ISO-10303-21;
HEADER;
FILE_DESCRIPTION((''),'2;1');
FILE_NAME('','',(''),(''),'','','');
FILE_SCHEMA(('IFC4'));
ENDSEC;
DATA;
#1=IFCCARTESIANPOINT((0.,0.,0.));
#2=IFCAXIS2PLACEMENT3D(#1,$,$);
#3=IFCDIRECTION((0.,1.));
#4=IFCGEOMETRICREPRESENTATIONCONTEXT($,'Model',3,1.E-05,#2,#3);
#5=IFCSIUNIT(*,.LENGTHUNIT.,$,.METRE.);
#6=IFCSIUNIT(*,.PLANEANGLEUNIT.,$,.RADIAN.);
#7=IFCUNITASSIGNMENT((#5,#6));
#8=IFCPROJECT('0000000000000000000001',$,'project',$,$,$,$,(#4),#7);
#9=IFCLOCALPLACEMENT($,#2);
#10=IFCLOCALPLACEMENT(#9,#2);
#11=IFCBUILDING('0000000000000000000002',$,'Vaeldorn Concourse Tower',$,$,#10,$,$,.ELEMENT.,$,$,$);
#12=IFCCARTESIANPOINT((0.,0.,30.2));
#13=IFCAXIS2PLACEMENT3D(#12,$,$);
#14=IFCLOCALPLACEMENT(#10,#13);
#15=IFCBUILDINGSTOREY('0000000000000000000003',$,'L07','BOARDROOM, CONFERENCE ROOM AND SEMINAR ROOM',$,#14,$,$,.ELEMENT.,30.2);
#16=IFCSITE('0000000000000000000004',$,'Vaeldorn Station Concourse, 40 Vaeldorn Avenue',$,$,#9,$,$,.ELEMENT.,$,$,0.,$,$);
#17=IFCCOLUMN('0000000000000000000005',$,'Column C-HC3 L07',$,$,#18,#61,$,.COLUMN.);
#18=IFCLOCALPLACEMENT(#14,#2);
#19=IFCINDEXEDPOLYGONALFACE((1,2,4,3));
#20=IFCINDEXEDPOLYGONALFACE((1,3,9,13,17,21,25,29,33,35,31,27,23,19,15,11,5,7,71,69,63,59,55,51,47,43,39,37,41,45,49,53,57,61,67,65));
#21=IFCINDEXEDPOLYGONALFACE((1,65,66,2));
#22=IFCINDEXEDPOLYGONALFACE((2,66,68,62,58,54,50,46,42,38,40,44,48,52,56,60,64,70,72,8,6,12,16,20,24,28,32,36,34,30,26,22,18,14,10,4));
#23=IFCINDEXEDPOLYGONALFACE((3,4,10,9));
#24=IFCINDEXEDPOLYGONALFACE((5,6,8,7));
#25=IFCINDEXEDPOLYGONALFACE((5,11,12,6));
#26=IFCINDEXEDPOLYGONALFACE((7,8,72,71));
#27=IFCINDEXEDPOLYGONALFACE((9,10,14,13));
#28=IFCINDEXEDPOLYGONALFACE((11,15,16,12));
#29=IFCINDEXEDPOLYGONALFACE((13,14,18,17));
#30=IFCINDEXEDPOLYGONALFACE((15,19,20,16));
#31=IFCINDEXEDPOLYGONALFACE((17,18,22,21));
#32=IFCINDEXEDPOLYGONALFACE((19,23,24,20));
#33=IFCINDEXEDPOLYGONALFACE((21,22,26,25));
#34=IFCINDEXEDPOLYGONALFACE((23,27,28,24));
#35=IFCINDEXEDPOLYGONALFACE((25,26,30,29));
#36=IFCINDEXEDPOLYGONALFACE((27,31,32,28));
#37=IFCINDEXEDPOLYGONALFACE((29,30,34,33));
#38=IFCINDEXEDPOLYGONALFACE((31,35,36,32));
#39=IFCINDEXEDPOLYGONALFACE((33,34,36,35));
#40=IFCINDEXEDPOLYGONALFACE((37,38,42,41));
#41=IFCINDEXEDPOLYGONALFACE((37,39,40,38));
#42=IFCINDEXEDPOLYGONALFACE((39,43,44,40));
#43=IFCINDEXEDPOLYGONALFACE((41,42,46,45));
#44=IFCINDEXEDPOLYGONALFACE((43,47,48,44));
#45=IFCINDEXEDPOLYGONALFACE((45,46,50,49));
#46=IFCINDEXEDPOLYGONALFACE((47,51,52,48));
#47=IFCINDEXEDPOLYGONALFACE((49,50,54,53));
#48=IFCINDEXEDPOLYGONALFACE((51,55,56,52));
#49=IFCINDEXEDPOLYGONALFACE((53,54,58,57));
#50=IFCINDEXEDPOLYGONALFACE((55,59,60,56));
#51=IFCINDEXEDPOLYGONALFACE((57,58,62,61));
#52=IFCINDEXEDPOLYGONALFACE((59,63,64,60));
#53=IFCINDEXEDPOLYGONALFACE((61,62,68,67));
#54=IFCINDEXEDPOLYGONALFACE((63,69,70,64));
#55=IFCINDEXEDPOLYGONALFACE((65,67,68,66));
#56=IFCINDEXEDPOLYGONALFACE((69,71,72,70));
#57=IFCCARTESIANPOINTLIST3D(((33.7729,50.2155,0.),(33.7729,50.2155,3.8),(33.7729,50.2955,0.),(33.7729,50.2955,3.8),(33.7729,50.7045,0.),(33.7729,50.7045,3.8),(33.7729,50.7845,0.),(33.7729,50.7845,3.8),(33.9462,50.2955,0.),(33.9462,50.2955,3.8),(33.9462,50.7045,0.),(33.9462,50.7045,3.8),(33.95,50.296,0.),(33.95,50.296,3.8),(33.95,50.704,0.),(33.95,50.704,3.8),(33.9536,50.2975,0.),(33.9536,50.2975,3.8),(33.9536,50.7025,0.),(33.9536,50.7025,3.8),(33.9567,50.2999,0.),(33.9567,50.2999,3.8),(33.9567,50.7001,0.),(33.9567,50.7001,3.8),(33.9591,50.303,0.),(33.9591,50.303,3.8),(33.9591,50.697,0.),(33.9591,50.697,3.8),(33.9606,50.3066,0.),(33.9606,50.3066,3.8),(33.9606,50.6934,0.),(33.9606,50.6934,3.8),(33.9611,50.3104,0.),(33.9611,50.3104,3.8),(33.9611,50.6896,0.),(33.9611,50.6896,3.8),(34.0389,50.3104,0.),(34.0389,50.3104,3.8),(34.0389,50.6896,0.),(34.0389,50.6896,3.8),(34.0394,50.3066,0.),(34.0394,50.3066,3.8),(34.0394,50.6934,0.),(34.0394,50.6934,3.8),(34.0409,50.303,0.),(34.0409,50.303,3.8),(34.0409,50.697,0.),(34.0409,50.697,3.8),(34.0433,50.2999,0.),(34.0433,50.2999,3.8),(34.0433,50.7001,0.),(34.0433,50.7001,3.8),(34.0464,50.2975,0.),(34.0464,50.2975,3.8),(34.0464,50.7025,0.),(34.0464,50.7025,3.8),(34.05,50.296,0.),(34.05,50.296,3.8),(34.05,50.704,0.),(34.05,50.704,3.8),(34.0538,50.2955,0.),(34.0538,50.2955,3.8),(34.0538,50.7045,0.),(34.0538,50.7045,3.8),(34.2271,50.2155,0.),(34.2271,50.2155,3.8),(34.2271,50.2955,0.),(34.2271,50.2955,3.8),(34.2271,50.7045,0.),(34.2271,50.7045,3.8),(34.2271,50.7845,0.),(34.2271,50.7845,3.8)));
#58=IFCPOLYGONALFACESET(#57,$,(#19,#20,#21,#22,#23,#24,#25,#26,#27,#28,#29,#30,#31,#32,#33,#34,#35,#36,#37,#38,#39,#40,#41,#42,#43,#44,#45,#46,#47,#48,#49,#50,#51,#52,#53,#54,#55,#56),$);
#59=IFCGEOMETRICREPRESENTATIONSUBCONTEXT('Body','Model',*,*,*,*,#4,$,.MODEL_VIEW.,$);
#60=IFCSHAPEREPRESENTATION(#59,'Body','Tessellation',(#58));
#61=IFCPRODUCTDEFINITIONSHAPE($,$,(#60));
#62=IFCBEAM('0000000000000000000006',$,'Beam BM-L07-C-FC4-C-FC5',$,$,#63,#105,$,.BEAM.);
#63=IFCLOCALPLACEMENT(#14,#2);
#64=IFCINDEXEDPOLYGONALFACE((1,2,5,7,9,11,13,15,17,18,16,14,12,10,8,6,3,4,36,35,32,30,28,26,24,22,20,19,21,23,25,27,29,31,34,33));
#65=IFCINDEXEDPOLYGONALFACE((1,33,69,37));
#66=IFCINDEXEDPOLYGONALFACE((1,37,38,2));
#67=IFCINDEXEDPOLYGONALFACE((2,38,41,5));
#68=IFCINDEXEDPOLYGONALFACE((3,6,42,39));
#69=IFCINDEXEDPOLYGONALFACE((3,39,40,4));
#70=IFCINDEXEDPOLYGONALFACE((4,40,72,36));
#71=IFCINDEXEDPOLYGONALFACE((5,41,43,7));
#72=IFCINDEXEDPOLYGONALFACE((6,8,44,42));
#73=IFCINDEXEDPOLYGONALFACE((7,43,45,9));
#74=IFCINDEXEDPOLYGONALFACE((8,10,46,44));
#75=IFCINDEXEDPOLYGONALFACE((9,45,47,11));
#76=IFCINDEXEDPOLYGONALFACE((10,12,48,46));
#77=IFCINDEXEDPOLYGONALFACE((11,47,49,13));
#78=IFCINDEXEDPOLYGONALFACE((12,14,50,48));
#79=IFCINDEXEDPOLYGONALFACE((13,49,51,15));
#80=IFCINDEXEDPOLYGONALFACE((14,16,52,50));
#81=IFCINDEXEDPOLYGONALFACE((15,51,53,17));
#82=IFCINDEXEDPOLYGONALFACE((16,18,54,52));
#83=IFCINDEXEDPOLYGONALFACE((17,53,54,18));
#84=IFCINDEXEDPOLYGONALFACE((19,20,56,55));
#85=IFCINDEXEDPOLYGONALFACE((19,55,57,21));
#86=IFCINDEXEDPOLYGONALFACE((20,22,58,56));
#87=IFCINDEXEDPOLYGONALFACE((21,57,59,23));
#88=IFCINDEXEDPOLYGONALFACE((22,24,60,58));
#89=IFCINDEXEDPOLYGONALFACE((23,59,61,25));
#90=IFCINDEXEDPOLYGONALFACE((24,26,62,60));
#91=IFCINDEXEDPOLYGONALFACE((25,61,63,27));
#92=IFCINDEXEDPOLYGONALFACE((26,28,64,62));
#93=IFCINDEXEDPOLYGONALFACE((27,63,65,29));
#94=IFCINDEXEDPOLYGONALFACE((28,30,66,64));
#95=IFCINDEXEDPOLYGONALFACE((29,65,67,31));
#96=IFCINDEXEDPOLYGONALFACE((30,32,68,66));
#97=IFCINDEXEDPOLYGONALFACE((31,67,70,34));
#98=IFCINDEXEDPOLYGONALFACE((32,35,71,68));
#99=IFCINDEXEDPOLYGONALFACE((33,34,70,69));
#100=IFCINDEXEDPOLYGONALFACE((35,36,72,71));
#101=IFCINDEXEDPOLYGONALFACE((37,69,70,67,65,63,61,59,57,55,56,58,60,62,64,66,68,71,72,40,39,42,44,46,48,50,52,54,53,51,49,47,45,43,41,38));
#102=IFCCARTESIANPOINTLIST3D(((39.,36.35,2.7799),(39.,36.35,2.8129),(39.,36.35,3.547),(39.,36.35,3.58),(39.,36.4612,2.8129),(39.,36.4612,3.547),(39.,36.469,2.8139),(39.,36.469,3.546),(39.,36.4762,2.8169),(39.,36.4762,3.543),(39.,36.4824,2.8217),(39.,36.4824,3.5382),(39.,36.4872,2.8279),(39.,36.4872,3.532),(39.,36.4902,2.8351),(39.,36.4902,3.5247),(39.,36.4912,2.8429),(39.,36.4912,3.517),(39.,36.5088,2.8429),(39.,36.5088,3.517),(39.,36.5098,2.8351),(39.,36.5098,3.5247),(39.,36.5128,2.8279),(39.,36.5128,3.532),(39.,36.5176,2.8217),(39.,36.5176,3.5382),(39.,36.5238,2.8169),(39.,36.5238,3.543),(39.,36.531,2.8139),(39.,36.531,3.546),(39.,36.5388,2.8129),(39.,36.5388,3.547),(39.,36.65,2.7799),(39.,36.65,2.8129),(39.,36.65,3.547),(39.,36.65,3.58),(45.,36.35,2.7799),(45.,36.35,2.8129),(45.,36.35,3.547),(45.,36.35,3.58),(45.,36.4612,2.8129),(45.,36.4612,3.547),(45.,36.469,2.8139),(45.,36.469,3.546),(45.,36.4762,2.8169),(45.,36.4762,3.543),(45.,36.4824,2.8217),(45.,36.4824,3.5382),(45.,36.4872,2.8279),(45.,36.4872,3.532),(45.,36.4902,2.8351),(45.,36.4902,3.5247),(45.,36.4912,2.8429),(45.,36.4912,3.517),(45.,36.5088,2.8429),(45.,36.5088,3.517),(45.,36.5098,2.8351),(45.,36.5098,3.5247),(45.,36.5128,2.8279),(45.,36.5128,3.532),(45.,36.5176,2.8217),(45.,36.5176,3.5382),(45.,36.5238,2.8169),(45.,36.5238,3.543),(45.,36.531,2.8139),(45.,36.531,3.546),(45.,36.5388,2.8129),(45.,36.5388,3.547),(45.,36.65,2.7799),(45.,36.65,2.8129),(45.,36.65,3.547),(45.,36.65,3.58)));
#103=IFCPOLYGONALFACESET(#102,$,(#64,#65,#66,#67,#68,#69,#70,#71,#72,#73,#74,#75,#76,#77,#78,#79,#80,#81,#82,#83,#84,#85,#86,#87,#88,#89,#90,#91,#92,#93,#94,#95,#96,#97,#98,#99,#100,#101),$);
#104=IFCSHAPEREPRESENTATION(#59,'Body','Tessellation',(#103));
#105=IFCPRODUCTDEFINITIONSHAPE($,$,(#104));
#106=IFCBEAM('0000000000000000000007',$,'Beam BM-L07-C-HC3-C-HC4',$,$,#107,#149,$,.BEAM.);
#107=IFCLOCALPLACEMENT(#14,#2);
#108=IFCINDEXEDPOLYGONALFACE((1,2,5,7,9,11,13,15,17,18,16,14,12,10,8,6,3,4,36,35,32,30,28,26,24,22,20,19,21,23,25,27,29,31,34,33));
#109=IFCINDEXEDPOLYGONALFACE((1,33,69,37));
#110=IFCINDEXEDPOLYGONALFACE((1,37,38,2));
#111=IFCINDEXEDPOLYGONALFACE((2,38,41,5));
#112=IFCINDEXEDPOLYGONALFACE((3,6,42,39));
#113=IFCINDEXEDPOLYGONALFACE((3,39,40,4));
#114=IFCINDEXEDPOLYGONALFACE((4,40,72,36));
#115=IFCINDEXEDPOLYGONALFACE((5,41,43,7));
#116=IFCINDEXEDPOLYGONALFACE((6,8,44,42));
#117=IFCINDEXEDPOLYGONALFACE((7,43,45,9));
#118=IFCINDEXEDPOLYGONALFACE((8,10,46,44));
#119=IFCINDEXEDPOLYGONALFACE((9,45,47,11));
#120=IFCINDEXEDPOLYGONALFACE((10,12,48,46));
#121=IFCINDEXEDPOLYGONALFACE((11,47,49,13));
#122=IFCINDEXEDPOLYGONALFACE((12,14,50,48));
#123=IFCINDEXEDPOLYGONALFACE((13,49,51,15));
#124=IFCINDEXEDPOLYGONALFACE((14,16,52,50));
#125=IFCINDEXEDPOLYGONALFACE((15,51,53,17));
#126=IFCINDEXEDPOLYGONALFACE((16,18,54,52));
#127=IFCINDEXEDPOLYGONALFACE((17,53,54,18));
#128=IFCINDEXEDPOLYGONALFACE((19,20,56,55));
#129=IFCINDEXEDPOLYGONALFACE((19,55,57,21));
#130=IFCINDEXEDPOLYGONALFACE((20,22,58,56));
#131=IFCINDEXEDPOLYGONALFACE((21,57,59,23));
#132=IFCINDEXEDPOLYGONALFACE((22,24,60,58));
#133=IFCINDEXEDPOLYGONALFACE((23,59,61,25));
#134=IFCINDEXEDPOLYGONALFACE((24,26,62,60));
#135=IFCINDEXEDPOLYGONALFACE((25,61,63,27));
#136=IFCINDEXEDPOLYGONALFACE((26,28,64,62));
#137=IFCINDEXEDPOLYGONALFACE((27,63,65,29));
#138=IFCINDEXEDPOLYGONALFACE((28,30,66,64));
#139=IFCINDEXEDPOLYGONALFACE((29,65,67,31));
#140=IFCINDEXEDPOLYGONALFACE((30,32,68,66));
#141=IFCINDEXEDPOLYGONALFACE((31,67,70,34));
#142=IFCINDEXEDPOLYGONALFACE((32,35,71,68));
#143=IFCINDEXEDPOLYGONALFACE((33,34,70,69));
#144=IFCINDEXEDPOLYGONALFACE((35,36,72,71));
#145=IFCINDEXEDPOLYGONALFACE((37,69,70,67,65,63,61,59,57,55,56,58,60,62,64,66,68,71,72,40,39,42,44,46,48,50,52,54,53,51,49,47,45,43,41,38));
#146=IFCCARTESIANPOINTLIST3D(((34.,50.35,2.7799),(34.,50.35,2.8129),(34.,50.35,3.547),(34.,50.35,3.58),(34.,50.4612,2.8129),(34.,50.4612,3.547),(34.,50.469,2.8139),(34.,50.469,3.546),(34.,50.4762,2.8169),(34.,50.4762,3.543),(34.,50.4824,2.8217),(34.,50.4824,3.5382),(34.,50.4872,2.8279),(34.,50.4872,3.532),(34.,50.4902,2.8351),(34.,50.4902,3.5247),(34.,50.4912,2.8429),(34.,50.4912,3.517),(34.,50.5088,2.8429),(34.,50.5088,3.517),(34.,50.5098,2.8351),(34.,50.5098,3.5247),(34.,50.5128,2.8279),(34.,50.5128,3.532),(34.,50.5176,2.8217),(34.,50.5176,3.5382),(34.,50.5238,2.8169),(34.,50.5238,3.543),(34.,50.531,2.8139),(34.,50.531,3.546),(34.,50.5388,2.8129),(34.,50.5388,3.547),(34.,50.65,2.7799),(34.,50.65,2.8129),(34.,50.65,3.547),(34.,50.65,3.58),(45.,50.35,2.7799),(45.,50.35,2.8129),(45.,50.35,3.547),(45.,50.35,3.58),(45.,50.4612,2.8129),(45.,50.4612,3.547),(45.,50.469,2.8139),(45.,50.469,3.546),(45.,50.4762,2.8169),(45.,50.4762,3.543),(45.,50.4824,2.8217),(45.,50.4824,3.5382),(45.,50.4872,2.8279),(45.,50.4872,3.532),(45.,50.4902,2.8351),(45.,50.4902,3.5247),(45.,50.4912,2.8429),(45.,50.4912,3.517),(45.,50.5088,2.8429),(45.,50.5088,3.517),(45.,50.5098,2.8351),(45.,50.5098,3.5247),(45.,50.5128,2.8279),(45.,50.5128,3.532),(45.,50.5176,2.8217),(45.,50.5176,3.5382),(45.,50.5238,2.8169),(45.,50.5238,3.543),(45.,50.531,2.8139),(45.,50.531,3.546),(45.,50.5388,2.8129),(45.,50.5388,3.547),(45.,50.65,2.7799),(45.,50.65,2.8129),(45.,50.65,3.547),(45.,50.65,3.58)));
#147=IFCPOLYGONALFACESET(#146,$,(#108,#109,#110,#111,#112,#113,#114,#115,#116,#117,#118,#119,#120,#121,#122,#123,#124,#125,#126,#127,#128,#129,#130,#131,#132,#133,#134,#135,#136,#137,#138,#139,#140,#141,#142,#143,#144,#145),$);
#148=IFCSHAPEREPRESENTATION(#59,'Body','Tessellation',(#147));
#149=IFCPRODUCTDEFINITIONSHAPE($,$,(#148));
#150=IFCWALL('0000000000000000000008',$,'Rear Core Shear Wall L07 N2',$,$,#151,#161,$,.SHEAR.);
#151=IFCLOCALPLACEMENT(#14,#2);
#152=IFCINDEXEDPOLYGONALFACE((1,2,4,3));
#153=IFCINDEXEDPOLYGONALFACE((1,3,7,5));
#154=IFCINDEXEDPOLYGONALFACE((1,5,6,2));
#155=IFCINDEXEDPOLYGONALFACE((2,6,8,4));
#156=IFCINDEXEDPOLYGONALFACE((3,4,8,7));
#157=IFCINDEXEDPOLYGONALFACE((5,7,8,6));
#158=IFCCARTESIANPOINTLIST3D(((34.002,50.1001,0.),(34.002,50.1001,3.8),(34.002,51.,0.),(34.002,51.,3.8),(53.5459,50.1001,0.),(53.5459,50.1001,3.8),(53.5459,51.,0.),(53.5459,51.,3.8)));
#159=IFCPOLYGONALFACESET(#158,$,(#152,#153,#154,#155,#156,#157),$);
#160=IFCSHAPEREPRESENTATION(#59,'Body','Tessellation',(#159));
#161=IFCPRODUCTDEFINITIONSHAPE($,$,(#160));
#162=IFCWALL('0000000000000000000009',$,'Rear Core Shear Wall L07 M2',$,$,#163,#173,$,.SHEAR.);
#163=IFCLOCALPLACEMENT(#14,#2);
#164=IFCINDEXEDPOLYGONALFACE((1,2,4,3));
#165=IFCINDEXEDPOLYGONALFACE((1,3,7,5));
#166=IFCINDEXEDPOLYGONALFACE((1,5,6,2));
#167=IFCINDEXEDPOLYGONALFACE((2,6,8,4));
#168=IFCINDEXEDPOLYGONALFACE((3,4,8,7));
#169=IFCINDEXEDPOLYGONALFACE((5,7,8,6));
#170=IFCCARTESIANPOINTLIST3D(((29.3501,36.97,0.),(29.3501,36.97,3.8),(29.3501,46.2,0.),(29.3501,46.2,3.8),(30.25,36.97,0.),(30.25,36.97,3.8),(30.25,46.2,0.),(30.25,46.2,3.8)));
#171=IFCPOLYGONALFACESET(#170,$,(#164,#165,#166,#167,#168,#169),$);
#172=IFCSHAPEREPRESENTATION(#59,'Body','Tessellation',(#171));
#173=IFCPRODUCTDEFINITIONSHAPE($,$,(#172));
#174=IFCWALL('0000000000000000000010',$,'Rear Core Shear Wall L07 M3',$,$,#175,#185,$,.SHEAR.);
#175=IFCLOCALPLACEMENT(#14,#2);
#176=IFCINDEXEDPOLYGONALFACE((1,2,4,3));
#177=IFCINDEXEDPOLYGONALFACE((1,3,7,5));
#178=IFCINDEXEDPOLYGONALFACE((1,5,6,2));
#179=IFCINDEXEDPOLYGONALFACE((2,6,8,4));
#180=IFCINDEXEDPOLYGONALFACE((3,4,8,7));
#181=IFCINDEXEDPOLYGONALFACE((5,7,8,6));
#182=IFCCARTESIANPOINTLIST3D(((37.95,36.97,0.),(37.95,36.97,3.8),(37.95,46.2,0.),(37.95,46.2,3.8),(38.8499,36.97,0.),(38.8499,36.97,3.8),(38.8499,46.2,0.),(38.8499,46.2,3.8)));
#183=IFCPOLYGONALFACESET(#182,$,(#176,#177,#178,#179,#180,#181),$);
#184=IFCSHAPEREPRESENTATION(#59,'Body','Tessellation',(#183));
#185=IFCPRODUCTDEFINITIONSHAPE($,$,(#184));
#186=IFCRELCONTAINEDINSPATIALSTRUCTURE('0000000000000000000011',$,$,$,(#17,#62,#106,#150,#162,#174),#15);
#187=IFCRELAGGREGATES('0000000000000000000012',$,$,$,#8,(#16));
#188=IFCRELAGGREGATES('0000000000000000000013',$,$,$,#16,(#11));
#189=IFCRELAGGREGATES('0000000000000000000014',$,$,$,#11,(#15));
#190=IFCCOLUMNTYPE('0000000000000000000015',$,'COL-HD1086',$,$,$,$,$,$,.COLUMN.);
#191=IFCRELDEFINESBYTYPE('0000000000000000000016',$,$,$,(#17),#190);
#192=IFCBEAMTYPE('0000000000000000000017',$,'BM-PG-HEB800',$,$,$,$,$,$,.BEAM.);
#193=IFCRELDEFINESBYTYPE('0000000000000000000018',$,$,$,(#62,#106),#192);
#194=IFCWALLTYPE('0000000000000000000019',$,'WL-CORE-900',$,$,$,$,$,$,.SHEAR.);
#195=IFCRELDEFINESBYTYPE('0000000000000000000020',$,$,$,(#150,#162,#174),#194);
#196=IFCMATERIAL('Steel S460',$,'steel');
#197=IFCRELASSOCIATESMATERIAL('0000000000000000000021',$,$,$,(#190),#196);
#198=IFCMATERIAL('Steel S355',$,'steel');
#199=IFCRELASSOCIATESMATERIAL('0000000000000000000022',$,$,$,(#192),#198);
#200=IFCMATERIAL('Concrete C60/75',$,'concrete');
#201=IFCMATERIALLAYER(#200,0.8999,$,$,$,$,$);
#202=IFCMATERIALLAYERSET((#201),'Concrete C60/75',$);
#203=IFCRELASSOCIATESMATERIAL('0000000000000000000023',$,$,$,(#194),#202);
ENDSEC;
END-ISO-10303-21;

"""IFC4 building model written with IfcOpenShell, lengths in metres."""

from ifc_helpers import new_model, si_unit, direction, frame, frame_2d, origin, origin_2d, place, context, subcontext, project, spatial, rectangle, i_section, extrude, source, transform, mapped, material, layer, layer_set, material_profile, profile_set, type_object, element, save


model = new_model("IFC4")

# Units and contexts
model_context = context("Model", 3, precision=1e-05, world=origin(), true_north=direction((0.0, 1.0)))
body_context = subcontext(model_context, "Body", "Model", "MODEL_VIEW")
ifc_project = project(units=[si_unit("LENGTHUNIT", "METRE"), si_unit("PLANEANGLEUNIT", "RADIAN")], contexts=[model_context])

# Site, building, storey
site_placement = place(None, origin())
site = spatial("IfcSite", under=ifc_project, at=site_placement, Name="Vaeldorn Station Concourse, 40 Vaeldorn Avenue", CompositionType="ELEMENT", RefElevation=0.0)
building_placement = place(site_placement, origin())
building = spatial("IfcBuilding", under=site, at=building_placement, Name="Vaeldorn Concourse Tower", CompositionType="ELEMENT")
storey_placement = place(building_placement, frame((0.0, 0.0, 30.2)))
storey = spatial("IfcBuildingStorey", under=building, at=storey_placement, Name="L07", Description="BOARDROOM, CONFERENCE ROOM AND SEMINAR ROOM", CompositionType="ELEMENT", Elevation=30.2)

# Column
ifc_material_1 = material(Name="Steel S460", Category="steel")
ifc_material_profile_1 = material_profile(ifc_material_1, i_section(OverallWidth=0.4541, OverallDepth=0.5691, WebThickness=0.0779, FlangeThickness=0.0801, FilletRadius=0.0149, at=origin_2d()), Name="HD 400x1086")
ifc_profile_set_1 = profile_set([ifc_material_profile_1], Name="Steel S460")
column_type = type_object("IfcColumnType", Name="COL-HD1086", PredefinedType="COLUMN", material=ifc_profile_set_1)
shared_shape_1 = source(origin(), body_context, "Body", "SweptSolid", [
    extrude(i_section(OverallWidth=0.4541, OverallDepth=0.5691, WebThickness=0.0779, FlangeThickness=0.0801, FilletRadius=0.0149, at=origin_2d()), origin(), (0.0, 0.0, 1.0), 3.8),
])
column_placement = place(storey_placement, frame((34.0, 50.5, 0.0), z_axis=(0.0, 0.0, 1.0), x_axis=(1.0, 0.0, 0.0)))
element("IfcColumn", 1, at=column_placement, inside=storey, type_object=column_type, Name="Column C-HC3 L07", PredefinedType="COLUMN", context=body_context, shape_type="MappedRepresentation", body=[
    mapped(shared_shape_1, transform((0.0, 0.0, 0.0), scale=1.0)),
])

# Beams
ifc_material_2 = material(Name="Steel S355", Category="steel")
ifc_material_profile_2 = material_profile(ifc_material_2, i_section(OverallWidth=0.3, OverallDepth=0.8, WebThickness=0.0176, FlangeThickness=0.033, FilletRadius=0.03, at=origin_2d()), Name="HEB 800")
ifc_profile_set_2 = profile_set([ifc_material_profile_2], Name="Steel S355")
beam_type = type_object("IfcBeamType", Name="BM-PG-HEB800", PredefinedType="BEAM", material=ifc_profile_set_2)
shared_shape_2 = source(origin(), body_context, "Body", "SweptSolid", [
    extrude(i_section(OverallWidth=0.3, OverallDepth=0.8, WebThickness=0.0176, FlangeThickness=0.033, FilletRadius=0.03, at=origin_2d()), origin(), (0.0, 0.0, 1.0), 6.0),
])
beam_1_placement = place(storey_placement, frame((39.0, 36.5, 3.1799), z_axis=(1.0, 0.0, 0.0), x_axis=(0.0, 1.0, 0.0)))
element("IfcBeam", 2, at=beam_1_placement, inside=storey, type_object=beam_type, Name="Beam BM-L07-C-FC4-C-FC5", PredefinedType="BEAM", context=body_context, shape_type="MappedRepresentation", body=[
    mapped(shared_shape_2, transform((0.0, 0.0, 0.0), scale=1.0)),
])
shared_shape_3 = source(origin(), body_context, "Body", "SweptSolid", [
    extrude(i_section(OverallWidth=0.3, OverallDepth=0.8, WebThickness=0.0176, FlangeThickness=0.033, FilletRadius=0.03, at=origin_2d()), origin(), (0.0, 0.0, 1.0), 11.0),
])
beam_2_placement = place(storey_placement, frame((34.0, 50.5, 3.1799), z_axis=(1.0, 0.0, 0.0), x_axis=(0.0, 1.0, 0.0)))
element("IfcBeam", 3, at=beam_2_placement, inside=storey, type_object=beam_type, Name="Beam BM-L07-C-HC3-C-HC4", PredefinedType="BEAM", context=body_context, shape_type="MappedRepresentation", body=[
    mapped(shared_shape_3, transform((0.0, 0.0, 0.0), scale=1.0)),
])

# Walls
ifc_material_3 = material(Name="Concrete C60/75", Category="concrete")
ifc_layer_1 = layer(ifc_material_3, 0.8999)
ifc_layer_set_1 = layer_set([ifc_layer_1], Name="Concrete C60/75")
wall_type_1 = type_object("IfcWallType", Name="WL-CORE-900", PredefinedType="SHEAR", material=ifc_layer_set_1)
wall_1_placement = place(storey_placement, frame((34.002, 50.55, 0.0), z_axis=(0.0, 0.0, 1.0), x_axis=(1.0, 0.0, 0.0)))
element("IfcWall", 4, at=wall_1_placement, inside=storey, type_object=wall_type_1, Name="Rear Core Shear Wall L07 N2", PredefinedType="SHEAR", context=body_context, shape_type="SweptSolid", body=[
    extrude(rectangle(XDim=19.5439, YDim=0.8999, at=frame_2d((9.772, 0.0))), origin(), (0.0, 0.0, 1.0), 3.8),
])
for number, where, z_axis, x_axis, name in (
    (5, (29.8, 36.97, 0.0), (0.0, 0.0, 1.0), (0.0, 1.0, 0.0), "Rear Core Shear Wall L07 M2"),
    (6, (38.3999, 36.97, 0.0), (0.0, 0.0, 1.0), (0.0, 1.0, 0.0), "Rear Core Shear Wall L07 M3"),
):
    element("IfcWall", number, at=place(storey_placement, frame(where, z_axis=z_axis, x_axis=x_axis)), inside=storey, type_object=wall_type_1, Name=name, PredefinedType="SHEAR", context=body_context, shape_type="SweptSolid", body=[
        extrude(rectangle(XDim=9.23, YDim=0.8999, at=frame_2d((4.615, 0.0))), origin(), (0.0, 0.0, 1.0), 3.8),
    ])

save(model, "model.ifc")
